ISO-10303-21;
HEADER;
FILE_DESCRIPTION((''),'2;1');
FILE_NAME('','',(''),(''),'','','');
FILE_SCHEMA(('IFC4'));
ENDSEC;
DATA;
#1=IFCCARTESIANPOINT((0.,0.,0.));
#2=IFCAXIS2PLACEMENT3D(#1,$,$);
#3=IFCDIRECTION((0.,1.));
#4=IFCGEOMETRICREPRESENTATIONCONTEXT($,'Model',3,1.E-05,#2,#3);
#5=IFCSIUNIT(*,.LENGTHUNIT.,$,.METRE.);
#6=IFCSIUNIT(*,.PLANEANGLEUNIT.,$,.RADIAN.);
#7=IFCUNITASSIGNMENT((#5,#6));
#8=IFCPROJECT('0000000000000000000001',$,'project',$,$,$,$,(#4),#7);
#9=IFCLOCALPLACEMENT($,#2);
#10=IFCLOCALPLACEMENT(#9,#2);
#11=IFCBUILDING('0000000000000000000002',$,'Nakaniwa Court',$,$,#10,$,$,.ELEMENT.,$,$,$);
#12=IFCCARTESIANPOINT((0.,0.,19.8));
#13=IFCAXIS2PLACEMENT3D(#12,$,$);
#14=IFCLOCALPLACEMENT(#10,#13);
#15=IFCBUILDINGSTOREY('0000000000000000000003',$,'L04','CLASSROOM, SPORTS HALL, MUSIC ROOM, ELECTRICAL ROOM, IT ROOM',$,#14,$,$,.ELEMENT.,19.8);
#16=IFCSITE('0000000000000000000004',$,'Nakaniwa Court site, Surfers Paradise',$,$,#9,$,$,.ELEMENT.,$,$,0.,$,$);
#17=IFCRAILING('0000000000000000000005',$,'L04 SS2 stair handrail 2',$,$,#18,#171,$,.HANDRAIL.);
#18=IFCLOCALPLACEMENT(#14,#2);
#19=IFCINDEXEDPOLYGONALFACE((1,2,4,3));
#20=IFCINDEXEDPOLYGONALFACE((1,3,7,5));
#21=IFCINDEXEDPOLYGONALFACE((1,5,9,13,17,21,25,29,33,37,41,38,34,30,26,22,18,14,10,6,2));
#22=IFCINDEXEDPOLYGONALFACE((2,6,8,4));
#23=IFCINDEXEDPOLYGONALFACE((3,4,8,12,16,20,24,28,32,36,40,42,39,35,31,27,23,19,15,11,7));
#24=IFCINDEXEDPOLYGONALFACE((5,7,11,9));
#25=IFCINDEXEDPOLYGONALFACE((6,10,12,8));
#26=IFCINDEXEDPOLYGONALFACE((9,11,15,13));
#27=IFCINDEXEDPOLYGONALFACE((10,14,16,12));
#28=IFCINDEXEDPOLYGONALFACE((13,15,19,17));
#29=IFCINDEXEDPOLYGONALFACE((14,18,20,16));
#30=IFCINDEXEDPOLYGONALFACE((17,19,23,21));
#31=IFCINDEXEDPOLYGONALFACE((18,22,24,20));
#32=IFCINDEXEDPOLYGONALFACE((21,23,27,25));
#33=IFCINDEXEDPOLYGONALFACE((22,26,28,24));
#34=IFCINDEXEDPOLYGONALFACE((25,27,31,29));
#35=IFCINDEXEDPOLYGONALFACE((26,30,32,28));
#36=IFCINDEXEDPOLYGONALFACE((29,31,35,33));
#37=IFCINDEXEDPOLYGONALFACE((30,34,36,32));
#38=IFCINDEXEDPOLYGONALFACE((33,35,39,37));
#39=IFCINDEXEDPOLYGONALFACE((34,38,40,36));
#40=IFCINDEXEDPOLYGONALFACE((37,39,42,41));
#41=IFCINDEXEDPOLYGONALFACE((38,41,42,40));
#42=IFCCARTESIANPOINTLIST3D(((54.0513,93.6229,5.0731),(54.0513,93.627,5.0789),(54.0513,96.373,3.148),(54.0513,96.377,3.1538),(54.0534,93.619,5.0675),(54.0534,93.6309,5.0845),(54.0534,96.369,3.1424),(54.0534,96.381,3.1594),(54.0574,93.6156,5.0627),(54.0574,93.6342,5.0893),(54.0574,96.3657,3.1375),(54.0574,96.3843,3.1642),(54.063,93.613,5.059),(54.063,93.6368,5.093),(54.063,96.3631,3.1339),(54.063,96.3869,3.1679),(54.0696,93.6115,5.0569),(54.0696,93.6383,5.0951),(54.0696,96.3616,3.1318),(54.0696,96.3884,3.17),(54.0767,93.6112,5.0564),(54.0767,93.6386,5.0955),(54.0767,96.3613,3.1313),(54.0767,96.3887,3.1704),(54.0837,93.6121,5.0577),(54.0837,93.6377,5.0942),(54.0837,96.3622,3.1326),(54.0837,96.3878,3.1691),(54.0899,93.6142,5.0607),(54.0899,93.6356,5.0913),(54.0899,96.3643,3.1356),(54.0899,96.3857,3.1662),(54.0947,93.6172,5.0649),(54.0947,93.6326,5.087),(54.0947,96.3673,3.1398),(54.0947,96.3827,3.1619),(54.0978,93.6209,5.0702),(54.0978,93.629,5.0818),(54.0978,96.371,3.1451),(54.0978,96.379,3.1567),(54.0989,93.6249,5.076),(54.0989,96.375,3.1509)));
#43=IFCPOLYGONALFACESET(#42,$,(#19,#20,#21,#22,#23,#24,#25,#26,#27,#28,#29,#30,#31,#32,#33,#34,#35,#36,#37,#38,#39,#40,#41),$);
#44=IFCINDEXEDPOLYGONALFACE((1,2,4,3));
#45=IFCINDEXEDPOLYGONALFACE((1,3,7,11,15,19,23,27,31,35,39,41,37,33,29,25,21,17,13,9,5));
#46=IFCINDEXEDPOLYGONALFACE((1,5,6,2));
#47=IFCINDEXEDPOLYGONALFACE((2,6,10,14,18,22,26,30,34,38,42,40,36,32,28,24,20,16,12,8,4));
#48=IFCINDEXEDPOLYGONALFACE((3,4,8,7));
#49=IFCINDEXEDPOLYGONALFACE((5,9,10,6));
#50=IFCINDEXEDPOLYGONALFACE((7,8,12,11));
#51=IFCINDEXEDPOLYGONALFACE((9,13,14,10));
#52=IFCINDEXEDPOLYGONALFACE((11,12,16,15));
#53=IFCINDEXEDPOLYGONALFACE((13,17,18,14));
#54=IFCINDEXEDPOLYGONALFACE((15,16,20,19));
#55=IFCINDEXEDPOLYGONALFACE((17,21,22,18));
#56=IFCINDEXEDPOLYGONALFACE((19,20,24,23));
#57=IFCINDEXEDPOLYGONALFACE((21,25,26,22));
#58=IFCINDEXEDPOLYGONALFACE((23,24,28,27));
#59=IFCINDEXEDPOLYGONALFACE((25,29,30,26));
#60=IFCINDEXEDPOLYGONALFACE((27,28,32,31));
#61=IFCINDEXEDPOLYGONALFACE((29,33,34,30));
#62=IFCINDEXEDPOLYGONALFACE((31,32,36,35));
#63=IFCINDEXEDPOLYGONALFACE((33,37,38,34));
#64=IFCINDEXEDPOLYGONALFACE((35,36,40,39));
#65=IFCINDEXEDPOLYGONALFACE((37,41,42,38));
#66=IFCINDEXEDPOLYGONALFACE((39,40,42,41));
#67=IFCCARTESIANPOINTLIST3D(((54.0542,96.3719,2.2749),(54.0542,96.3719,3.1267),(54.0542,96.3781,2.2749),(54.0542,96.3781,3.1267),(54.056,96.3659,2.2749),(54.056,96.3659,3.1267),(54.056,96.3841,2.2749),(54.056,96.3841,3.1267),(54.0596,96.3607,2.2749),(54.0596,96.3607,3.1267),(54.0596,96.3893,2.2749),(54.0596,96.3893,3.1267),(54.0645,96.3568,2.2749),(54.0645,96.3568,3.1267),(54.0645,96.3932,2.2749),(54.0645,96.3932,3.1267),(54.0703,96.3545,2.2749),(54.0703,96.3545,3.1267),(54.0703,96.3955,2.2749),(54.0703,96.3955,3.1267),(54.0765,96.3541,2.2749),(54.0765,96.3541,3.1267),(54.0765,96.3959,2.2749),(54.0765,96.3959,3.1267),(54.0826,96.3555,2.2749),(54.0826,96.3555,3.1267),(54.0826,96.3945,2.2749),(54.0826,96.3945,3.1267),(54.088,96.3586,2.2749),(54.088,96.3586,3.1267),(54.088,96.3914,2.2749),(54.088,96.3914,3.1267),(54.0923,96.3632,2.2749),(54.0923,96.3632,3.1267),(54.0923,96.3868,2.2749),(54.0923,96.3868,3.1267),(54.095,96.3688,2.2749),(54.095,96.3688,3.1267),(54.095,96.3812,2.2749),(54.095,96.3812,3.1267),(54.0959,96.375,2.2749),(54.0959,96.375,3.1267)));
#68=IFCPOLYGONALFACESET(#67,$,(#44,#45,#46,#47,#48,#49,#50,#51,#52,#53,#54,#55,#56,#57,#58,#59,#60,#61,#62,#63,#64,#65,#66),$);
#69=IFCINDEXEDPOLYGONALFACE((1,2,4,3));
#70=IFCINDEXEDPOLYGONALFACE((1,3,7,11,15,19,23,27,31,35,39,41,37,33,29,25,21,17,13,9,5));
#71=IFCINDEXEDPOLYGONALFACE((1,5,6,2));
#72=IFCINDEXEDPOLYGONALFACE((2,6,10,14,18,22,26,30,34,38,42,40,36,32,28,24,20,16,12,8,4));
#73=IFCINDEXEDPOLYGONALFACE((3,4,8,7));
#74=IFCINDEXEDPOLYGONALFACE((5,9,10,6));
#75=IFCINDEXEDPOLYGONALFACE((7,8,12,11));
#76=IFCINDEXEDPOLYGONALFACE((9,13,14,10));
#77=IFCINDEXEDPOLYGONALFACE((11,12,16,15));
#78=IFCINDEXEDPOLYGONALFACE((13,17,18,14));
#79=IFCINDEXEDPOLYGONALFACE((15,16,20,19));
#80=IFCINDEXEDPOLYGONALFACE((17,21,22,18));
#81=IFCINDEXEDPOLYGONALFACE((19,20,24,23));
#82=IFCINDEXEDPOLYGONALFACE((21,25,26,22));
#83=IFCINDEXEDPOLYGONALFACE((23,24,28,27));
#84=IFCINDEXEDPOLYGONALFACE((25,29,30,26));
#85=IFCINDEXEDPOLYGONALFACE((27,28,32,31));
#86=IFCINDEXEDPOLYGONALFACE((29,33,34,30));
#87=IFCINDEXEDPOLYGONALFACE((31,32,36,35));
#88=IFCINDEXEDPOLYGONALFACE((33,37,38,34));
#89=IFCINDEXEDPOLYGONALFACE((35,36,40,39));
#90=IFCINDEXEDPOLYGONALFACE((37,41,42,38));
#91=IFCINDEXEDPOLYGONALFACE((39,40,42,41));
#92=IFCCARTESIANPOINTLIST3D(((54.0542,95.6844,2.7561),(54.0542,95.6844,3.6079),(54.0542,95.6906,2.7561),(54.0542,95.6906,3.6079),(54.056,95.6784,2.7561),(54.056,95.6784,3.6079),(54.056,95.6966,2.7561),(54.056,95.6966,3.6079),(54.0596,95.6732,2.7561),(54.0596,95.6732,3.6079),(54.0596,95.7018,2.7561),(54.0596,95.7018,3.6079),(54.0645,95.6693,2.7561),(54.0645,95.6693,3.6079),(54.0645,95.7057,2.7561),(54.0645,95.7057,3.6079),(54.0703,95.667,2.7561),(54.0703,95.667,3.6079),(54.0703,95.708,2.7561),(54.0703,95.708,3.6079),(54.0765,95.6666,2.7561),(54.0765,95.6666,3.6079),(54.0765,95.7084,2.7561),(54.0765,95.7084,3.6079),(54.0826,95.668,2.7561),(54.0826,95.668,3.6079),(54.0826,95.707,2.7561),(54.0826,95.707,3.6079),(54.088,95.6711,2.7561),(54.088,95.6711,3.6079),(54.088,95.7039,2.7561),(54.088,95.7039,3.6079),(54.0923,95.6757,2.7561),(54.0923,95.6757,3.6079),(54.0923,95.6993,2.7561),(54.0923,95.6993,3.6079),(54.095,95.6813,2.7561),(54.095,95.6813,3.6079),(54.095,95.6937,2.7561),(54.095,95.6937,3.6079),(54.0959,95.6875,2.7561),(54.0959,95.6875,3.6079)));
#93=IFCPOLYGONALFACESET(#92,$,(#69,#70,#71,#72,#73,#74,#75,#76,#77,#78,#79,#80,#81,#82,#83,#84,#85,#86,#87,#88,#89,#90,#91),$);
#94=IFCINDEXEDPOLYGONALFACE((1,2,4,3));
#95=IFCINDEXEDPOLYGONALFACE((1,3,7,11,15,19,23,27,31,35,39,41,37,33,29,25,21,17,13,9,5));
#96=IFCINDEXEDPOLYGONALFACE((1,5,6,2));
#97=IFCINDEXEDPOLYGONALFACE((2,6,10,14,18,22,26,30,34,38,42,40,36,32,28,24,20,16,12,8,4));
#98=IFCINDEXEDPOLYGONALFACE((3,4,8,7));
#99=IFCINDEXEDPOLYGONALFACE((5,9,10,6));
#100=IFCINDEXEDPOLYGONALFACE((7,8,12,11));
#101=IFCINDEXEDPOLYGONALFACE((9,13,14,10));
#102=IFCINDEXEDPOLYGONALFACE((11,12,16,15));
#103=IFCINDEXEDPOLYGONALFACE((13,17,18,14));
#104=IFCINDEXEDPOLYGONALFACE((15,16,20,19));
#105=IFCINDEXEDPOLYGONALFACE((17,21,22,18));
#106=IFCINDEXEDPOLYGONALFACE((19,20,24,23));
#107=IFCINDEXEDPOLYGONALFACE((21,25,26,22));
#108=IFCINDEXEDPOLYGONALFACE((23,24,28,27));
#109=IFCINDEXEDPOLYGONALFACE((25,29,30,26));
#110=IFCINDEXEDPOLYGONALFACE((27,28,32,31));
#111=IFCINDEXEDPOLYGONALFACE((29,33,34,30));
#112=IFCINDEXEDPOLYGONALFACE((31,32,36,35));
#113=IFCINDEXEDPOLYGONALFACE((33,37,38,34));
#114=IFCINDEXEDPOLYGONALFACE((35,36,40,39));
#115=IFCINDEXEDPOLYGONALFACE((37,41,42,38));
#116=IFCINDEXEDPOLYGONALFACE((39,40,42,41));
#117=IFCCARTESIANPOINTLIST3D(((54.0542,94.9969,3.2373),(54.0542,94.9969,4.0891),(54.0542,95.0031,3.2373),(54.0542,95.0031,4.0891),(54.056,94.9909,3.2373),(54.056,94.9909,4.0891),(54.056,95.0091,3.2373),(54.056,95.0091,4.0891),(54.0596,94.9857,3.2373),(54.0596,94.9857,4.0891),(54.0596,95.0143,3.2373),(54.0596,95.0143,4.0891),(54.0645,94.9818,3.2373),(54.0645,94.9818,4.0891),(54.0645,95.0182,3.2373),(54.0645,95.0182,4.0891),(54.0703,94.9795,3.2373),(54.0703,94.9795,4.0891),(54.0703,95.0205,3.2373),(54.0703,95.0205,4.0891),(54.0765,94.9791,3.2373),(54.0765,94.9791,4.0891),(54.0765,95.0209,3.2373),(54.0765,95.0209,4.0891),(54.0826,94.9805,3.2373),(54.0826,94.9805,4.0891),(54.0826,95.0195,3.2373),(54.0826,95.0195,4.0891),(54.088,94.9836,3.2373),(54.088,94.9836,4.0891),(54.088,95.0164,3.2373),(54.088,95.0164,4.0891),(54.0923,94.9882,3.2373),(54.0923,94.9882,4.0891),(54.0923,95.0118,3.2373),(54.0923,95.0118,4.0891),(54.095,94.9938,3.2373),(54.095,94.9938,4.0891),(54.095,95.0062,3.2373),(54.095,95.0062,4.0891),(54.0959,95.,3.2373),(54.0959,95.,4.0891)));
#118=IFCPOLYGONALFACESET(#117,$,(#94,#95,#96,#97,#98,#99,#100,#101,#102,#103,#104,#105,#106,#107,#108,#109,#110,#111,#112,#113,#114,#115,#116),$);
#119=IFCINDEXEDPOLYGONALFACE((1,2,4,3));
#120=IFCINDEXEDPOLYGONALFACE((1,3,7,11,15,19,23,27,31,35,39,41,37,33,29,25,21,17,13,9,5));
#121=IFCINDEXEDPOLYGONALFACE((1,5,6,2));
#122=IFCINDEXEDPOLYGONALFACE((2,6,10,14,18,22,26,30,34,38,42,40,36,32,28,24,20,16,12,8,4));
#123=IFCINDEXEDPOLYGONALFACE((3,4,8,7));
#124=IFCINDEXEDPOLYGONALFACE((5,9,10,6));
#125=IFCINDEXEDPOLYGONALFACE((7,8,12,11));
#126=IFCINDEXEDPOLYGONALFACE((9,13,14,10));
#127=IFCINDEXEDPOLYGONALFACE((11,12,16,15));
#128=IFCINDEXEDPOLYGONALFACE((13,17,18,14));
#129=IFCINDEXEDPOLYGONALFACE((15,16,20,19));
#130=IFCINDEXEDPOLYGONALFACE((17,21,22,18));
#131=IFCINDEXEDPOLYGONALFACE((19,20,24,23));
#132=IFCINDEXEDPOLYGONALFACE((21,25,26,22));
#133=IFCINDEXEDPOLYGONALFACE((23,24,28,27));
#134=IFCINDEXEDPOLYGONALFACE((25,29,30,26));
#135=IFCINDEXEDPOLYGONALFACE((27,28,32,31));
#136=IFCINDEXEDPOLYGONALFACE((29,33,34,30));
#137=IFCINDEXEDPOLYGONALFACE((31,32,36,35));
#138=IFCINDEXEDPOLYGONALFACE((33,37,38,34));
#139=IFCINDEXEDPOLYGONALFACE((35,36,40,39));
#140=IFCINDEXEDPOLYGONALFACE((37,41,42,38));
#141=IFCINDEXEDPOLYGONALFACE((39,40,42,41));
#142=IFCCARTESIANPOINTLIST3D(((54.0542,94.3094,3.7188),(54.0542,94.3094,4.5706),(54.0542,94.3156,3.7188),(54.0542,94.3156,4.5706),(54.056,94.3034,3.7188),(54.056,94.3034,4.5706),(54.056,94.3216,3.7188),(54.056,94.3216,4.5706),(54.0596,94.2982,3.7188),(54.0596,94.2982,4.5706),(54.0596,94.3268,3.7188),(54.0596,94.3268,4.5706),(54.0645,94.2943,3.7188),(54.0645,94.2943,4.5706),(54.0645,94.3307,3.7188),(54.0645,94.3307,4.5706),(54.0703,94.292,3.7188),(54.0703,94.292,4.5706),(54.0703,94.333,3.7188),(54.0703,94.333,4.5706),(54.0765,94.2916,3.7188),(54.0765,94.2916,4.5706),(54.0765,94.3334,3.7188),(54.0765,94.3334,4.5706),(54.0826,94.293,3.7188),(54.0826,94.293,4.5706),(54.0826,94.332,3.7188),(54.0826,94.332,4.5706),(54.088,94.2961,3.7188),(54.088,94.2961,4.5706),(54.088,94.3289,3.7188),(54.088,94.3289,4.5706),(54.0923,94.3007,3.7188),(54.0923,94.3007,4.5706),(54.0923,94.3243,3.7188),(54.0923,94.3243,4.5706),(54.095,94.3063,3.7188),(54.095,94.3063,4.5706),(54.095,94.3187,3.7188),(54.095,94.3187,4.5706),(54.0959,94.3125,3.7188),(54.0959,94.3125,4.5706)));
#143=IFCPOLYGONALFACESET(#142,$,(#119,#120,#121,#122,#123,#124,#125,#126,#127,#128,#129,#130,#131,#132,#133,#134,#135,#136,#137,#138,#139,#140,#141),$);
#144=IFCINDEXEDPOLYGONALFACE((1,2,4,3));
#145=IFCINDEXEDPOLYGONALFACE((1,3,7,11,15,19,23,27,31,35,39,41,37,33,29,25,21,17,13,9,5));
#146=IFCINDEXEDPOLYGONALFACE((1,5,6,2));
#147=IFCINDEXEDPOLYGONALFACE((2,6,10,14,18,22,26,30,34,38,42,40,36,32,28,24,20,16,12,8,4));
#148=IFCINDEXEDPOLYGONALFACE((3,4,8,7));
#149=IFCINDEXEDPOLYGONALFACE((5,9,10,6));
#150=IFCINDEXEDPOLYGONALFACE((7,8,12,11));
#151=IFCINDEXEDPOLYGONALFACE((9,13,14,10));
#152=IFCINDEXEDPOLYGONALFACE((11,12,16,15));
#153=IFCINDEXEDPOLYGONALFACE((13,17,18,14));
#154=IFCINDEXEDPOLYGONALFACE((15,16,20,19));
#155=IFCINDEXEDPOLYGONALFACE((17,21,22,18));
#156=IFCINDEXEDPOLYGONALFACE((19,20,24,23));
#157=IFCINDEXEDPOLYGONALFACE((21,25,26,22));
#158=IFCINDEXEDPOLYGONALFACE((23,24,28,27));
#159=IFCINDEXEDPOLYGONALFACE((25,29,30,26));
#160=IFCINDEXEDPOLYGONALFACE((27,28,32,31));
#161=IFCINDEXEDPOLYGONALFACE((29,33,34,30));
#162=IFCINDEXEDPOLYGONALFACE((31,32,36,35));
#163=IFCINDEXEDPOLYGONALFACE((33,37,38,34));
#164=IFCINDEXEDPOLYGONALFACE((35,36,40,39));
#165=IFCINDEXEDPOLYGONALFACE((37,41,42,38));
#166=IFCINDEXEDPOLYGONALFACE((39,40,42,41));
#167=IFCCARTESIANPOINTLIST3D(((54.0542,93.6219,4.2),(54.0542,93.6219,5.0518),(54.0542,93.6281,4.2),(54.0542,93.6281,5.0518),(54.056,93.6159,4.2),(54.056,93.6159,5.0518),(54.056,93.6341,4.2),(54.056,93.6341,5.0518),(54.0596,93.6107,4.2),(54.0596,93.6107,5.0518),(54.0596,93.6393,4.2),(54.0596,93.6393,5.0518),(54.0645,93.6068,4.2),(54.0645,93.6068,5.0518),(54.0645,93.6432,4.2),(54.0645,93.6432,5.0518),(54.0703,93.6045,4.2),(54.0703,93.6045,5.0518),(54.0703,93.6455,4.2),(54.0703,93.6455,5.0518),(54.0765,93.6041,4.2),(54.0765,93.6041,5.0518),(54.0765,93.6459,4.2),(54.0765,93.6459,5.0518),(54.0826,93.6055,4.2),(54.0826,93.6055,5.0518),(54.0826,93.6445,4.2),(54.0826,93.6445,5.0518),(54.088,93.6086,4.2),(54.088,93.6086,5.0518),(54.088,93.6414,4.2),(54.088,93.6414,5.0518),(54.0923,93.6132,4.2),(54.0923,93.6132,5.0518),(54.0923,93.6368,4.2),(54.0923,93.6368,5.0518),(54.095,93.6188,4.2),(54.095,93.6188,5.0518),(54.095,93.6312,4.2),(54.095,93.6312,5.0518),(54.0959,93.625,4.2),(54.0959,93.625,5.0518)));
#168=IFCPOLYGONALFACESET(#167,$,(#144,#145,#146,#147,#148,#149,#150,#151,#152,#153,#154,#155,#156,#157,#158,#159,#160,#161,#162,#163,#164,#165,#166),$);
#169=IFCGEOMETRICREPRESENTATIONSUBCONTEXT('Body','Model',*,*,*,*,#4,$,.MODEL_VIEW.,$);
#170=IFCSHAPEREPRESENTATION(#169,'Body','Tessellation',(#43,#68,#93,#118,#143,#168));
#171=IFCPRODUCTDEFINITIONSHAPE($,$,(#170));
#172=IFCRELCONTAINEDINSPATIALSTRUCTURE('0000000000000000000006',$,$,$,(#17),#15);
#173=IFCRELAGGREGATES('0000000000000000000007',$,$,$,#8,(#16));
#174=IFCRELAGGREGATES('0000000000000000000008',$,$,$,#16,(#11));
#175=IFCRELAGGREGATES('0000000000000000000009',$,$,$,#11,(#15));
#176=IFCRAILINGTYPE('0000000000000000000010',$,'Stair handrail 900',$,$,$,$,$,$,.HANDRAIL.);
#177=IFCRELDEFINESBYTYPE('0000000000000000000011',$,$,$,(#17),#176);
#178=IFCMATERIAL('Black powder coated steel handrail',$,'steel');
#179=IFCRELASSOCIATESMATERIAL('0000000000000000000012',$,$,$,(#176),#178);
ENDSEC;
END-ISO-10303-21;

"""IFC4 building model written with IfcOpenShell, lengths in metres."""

from ifc_helpers import new_model, si_unit, direction, frame, origin, origin_2d, place, context, subcontext, project, spatial, circle, extrude, material, type_object, element, save


model = new_model("IFC4")

# Units and contexts
model_context = context("Model", 3, precision=1e-05, world=origin(), true_north=direction((0.0, 1.0)))
body_context = subcontext(model_context, "Body", "Model", "MODEL_VIEW")
ifc_project = project(units=[si_unit("LENGTHUNIT", "METRE"), si_unit("PLANEANGLEUNIT", "RADIAN")], contexts=[model_context])

# Site, building, storey
site_placement = place(None, origin())
site = spatial("IfcSite", under=ifc_project, at=site_placement, Name="Nakaniwa Court site, Surfers Paradise", CompositionType="ELEMENT", RefElevation=0.0)
building_placement = place(site_placement, origin())
building = spatial("IfcBuilding", under=site, at=building_placement, Name="Nakaniwa Court", CompositionType="ELEMENT")
storey_placement = place(building_placement, frame((0.0, 0.0, 19.8)))
storey = spatial("IfcBuildingStorey", under=building, at=storey_placement, Name="L04", Description="CLASSROOM, SPORTS HALL, MUSIC ROOM, ELECTRICAL ROOM, IT ROOM", CompositionType="ELEMENT", Elevation=19.8)

# Railing
ifc_material_1 = material(Name="Black powder coated steel handrail", Category="steel")
railing_type_1 = type_object("IfcRailingType", Name="Stair handrail 900", PredefinedType="HANDRAIL", material=ifc_material_1)
railing_1_placement = place(storey_placement, frame((54.075, 96.375, 2.2749)))
element("IfcRailing", 1, at=railing_1_placement, inside=storey, type_object=railing_type_1, Name="L04 SS2 stair handrail 2", PredefinedType="HANDRAIL", context=body_context, shape_type="SweptSolid", body=[
    extrude(circle(Radius=0.0239, at=origin_2d()), frame((0.0, 0.0, 0.876), z_axis=(0.0, -0.819225, 0.573472), x_axis=(1.0, 0.0, 0.0)), (0.0, 0.0, 1.0), 3.3569),
    extrude(circle(Radius=0.021, at=origin_2d()), origin(), (0.0, 0.0, 1.0), 0.8518),
    extrude(circle(Radius=0.021, at=origin_2d()), frame((0.0, -0.6875, 0.4812)), (0.0, 0.0, 1.0), 0.8518),
    extrude(circle(Radius=0.021, at=origin_2d()), frame((0.0, -1.375, 0.9624)), (0.0, 0.0, 1.0), 0.8518),
    extrude(circle(Radius=0.021, at=origin_2d()), frame((0.0, -2.0625, 1.4438)), (0.0, 0.0, 1.0), 0.8518),
    extrude(circle(Radius=0.021, at=origin_2d()), frame((0.0, -2.75, 1.925)), (0.0, 0.0, 1.0), 0.8518),
])

save(model, "model.ifc")
